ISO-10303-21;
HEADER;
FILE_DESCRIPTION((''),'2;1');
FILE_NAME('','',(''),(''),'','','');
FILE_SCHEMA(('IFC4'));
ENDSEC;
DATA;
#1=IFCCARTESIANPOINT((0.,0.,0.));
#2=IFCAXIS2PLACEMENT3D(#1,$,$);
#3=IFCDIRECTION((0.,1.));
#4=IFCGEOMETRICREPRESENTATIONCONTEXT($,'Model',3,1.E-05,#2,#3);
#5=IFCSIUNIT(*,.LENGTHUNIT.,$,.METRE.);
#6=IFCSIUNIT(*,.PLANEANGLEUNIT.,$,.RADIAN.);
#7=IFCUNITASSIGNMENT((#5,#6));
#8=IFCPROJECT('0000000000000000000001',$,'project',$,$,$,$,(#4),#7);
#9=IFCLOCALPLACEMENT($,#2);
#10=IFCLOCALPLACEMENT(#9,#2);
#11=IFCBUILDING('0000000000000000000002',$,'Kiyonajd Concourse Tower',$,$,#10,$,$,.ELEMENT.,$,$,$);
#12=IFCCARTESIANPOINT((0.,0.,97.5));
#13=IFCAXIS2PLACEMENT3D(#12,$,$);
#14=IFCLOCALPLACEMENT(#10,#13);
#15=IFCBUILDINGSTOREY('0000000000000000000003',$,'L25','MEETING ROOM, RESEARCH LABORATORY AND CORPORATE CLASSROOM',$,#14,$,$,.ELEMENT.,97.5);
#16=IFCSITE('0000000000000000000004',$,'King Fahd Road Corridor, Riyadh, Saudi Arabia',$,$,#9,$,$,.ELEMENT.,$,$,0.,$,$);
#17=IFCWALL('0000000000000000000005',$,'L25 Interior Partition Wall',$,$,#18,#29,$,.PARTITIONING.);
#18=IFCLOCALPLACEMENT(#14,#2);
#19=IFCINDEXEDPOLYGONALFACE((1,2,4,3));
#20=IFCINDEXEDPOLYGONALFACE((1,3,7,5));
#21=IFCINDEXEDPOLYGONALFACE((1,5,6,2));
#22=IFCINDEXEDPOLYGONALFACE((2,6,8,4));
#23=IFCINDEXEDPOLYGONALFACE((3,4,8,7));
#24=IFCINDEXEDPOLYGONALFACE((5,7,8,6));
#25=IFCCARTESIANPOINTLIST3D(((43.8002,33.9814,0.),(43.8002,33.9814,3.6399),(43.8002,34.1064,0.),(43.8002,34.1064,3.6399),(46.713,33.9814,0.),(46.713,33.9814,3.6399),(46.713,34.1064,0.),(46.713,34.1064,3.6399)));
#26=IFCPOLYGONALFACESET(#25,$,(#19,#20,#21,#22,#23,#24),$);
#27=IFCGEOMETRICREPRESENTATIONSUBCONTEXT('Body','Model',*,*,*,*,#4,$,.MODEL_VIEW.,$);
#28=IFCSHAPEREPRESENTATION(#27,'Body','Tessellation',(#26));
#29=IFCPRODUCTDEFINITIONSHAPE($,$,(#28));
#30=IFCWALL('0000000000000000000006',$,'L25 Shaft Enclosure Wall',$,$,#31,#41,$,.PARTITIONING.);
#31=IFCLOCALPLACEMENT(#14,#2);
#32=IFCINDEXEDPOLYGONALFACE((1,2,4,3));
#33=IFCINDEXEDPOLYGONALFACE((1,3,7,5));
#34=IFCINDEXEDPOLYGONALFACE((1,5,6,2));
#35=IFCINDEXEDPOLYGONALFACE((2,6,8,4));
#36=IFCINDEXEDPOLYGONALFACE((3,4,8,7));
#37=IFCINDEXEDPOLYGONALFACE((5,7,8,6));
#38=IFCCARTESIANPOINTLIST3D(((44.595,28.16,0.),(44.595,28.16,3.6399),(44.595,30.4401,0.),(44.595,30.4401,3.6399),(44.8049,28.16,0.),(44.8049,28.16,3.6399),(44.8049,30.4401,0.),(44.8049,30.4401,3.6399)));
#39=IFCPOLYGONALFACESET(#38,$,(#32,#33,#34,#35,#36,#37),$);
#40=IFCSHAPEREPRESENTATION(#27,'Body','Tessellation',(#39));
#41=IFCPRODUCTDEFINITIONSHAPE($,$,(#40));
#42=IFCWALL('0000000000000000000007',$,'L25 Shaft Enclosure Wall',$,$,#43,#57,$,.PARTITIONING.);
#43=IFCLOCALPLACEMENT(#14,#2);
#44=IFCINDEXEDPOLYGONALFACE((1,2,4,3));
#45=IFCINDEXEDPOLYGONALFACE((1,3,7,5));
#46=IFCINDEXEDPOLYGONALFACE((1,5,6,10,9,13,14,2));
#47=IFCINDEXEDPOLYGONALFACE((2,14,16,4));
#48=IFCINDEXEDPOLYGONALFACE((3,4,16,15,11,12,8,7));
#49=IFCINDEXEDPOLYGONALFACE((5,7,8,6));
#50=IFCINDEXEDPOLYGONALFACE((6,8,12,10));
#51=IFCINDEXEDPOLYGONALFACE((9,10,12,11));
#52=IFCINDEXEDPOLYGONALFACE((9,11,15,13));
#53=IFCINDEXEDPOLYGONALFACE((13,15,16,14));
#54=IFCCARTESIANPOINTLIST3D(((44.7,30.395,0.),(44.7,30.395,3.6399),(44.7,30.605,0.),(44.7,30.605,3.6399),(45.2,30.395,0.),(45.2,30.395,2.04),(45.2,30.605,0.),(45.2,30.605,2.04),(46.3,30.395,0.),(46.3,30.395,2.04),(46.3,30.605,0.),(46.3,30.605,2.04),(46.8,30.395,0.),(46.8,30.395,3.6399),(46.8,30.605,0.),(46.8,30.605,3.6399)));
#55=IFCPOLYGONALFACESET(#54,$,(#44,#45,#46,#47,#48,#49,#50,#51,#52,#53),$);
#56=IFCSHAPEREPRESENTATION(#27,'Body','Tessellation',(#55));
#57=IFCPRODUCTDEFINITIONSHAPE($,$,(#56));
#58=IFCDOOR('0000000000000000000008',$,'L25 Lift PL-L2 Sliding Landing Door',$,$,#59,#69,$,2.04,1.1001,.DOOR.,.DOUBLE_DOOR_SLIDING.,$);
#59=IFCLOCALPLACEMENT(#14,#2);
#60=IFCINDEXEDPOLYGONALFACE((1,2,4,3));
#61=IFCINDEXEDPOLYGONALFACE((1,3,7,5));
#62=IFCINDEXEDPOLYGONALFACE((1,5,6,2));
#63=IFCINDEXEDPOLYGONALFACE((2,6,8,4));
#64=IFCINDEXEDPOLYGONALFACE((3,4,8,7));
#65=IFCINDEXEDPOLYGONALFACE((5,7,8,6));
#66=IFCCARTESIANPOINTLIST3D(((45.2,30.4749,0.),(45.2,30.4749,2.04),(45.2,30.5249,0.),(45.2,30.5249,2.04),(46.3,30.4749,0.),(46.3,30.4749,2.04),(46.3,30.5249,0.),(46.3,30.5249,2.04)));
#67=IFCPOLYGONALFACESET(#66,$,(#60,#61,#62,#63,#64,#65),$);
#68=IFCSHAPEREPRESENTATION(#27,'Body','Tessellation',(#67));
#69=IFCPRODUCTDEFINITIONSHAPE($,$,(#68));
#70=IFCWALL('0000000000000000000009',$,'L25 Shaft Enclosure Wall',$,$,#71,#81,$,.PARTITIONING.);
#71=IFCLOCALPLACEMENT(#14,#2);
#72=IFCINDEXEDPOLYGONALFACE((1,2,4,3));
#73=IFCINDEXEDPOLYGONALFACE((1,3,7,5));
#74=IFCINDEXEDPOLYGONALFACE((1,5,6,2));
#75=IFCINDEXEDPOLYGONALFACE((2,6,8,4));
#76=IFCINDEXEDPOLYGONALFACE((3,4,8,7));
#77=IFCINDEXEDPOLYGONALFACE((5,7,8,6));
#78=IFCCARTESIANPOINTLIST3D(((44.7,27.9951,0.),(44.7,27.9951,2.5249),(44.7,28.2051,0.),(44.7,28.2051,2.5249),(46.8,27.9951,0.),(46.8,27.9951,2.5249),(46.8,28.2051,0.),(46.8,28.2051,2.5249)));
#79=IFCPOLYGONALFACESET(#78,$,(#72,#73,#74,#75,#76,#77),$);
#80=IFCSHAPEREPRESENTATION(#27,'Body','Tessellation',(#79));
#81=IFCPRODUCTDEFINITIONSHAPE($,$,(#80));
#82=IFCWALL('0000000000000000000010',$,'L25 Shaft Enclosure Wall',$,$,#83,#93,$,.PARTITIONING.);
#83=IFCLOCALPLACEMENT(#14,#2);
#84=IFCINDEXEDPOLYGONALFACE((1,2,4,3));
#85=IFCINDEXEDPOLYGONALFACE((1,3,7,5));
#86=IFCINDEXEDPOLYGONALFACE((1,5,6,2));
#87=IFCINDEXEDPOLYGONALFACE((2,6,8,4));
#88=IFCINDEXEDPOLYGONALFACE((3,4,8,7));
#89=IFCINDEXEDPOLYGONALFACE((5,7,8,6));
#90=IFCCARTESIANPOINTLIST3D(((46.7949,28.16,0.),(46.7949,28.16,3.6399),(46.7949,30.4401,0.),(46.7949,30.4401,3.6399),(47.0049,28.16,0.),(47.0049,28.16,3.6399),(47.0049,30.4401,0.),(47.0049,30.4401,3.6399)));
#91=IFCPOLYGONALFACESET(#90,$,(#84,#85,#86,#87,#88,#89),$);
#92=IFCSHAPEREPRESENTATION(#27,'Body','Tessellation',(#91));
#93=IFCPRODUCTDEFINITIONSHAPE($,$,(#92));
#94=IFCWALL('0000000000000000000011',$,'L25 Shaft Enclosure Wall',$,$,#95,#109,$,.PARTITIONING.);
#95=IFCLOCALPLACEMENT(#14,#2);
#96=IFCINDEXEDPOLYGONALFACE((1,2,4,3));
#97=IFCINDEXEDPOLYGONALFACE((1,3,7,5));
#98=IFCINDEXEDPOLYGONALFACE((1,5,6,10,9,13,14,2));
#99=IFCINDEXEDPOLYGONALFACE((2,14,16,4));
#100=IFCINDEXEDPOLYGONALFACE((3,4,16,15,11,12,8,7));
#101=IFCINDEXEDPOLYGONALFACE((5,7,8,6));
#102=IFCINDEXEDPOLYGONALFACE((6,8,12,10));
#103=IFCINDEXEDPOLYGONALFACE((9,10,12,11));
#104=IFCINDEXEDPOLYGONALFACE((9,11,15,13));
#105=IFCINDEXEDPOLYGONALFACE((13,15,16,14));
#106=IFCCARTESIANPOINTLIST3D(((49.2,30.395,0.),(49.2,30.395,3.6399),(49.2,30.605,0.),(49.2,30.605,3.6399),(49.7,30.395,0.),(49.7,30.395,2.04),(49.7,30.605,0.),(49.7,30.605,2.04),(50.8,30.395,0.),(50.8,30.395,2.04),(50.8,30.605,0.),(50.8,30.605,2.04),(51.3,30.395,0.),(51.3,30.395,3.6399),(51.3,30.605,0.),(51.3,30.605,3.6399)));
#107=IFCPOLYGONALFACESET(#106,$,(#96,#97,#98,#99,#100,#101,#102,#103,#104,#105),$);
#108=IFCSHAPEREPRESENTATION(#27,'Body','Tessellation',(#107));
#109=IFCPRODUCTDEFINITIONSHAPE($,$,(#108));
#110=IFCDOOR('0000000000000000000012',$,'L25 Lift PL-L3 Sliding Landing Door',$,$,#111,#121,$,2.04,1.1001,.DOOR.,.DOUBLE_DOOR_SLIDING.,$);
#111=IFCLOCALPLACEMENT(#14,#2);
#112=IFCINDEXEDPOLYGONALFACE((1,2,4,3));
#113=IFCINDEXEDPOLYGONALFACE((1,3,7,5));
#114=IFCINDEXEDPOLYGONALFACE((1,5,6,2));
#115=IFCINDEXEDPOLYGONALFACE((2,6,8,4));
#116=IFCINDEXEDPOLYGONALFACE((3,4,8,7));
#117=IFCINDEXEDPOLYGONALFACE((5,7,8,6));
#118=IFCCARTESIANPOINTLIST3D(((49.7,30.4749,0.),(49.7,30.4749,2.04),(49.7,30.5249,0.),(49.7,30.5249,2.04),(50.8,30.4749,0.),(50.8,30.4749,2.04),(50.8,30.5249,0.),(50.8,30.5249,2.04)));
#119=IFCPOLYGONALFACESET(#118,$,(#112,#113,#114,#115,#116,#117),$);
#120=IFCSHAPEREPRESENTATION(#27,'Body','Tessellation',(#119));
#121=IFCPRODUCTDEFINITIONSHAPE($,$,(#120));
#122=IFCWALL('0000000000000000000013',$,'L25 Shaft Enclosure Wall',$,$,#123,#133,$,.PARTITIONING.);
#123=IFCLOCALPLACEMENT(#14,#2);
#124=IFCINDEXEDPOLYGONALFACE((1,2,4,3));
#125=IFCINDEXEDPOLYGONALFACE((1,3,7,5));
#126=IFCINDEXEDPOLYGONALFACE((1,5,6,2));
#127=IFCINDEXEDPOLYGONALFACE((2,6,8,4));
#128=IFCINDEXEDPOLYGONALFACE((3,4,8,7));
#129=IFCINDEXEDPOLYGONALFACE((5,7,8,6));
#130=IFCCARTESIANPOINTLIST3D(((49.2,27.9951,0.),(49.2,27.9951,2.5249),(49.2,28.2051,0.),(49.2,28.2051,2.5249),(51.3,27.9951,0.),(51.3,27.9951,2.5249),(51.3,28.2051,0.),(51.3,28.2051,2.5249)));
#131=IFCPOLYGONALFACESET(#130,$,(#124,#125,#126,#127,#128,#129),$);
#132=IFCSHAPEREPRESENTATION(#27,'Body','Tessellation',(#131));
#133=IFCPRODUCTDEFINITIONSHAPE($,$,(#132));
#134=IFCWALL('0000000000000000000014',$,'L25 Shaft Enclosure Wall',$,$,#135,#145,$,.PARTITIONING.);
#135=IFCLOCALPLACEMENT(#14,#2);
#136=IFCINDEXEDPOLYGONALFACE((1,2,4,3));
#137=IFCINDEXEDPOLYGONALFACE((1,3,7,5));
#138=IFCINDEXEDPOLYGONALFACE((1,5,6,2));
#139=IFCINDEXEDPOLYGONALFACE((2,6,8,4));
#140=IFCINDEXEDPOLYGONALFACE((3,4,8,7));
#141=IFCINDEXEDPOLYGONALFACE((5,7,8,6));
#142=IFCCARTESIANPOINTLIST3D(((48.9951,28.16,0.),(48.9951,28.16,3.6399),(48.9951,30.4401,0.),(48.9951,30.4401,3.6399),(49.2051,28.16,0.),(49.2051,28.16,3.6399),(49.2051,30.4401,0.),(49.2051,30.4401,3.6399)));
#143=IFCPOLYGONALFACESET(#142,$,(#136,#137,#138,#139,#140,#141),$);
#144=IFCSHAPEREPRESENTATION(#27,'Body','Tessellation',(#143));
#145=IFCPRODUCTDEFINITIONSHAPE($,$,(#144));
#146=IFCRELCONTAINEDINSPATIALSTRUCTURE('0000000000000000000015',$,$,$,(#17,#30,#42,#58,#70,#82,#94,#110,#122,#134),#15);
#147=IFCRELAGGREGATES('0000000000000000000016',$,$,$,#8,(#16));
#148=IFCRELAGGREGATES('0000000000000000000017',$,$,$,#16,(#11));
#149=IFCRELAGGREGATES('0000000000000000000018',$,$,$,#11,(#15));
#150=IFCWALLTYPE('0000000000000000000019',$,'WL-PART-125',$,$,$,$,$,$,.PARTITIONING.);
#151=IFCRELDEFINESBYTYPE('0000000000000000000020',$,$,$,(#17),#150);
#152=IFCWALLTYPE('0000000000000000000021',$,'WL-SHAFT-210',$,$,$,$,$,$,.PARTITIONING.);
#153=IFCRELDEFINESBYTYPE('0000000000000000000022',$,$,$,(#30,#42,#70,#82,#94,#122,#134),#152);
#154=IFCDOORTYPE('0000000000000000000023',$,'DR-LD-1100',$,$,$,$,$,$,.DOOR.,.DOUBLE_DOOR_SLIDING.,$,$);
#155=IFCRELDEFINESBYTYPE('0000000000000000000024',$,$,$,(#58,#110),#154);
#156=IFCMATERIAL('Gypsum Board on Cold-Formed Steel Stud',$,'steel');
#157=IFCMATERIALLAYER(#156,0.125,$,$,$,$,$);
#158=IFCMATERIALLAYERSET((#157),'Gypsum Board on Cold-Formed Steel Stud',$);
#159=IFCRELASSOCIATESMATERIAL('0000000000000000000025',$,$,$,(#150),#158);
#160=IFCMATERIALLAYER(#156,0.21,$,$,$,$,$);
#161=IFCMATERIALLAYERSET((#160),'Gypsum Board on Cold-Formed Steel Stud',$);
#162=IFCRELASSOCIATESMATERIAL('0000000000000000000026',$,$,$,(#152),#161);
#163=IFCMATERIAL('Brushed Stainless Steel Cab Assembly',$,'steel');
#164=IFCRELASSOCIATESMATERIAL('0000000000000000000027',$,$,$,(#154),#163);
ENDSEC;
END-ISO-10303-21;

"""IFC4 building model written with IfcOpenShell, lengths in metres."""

from ifc_helpers import new_model, si_unit, direction, frame, frame_2d, origin, place, context, subcontext, project, spatial, rectangle, extrude, material, layer, layer_set, type_object, element, fill, save


model = new_model("IFC4")

# Units and contexts
model_context = context("Model", 3, precision=1e-05, world=origin(), true_north=direction((0.0, 1.0)))
body_context = subcontext(model_context, "Body", "Model", "MODEL_VIEW")
ifc_project = project(units=[si_unit("LENGTHUNIT", "METRE"), si_unit("PLANEANGLEUNIT", "RADIAN")], contexts=[model_context])

# Site, building, storey
site_placement = place(None, origin())
site = spatial("IfcSite", under=ifc_project, at=site_placement, Name="King Fahd Road Corridor, Riyadh, Saudi Arabia", CompositionType="ELEMENT", RefElevation=0.0)
building_placement = place(site_placement, origin())
building = spatial("IfcBuilding", under=site, at=building_placement, Name="Kiyonajd Concourse Tower", CompositionType="ELEMENT")
storey_placement = place(building_placement, frame((0.0, 0.0, 97.5)))
storey = spatial("IfcBuildingStorey", under=building, at=storey_placement, Name="L25", Description="MEETING ROOM, RESEARCH LABORATORY AND CORPORATE CLASSROOM", CompositionType="ELEMENT", Elevation=97.5)

# Walls
ifc_material_1 = material(Name="Gypsum Board on Cold-Formed Steel Stud", Category="steel")
ifc_layer_1 = layer(ifc_material_1, 0.125)
ifc_layer_set_1 = layer_set([ifc_layer_1], Name="Gypsum Board on Cold-Formed Steel Stud")
wall_type_1 = type_object("IfcWallType", Name="WL-PART-125", PredefinedType="PARTITIONING", material=ifc_layer_set_1)
wall_1_placement = place(storey_placement, frame((43.8, 34.0439, 0.0), z_axis=(0.0, 0.0, 1.0), x_axis=(1.0, 0.0, 0.0)))
element("IfcWall", 1, at=wall_1_placement, inside=storey, type_object=wall_type_1, Name="L25 Interior Partition Wall", PredefinedType="PARTITIONING", context=body_context, shape_type="SweptSolid", body=[
    extrude(rectangle(XDim=2.9128, YDim=0.125, at=frame_2d((1.4565, 0.0))), origin(), (0.0, 0.0, 1.0), 3.6399),
])
ifc_layer_2 = layer(ifc_material_1, 0.21)
ifc_layer_set_2 = layer_set([ifc_layer_2], Name="Gypsum Board on Cold-Formed Steel Stud")
wall_type_2 = type_object("IfcWallType", Name="WL-SHAFT-210", PredefinedType="PARTITIONING", material=ifc_layer_set_2)
wall_2_placement = place(storey_placement, frame((44.7, 28.1599, 0.0), z_axis=(0.0, 0.0, 1.0), x_axis=(0.0, 1.0, 0.0)))
element("IfcWall", 2, at=wall_2_placement, inside=storey, type_object=wall_type_2, Name="L25 Shaft Enclosure Wall", PredefinedType="PARTITIONING", context=body_context, shape_type="SweptSolid", body=[
    extrude(rectangle(XDim=2.28, YDim=0.21, at=frame_2d((1.1401, 0.0))), origin(), (0.0, 0.0, 1.0), 3.6399),
])

# Wall, opening, door
wall_3_placement = place(storey_placement, frame((44.7, 30.5, 0.0), z_axis=(0.0, 0.0, 1.0), x_axis=(1.0, 0.0, 0.0)))
wall_3 = element("IfcWall", 3, at=wall_3_placement, inside=storey, type_object=wall_type_2, Name="L25 Shaft Enclosure Wall", PredefinedType="PARTITIONING", context=body_context, shape_type="SweptSolid", body=[
    extrude(rectangle(XDim=2.1001, YDim=0.21, at=frame_2d((1.05, 0.0))), origin(), (0.0, 0.0, 1.0), 3.6399),
])
opening_1_placement = place(wall_3_placement, frame((0.5, 0.0, 0.0)))
opening_1 = element("IfcOpeningElement", 4, at=opening_1_placement, cuts=wall_3, PredefinedType="OPENING", context=body_context, shape_type="SweptSolid", body=[
    extrude(rectangle(XDim=1.1001, YDim=2.04, at=frame_2d((0.55, 1.02))), frame((0.0, 0.115, 0.0), z_axis=(0.0, -1.0, 0.0), x_axis=(1.0, 0.0, 0.0)), (0.0, 0.0, 1.0), 0.23),
])
ifc_material_2 = material(Name="Brushed Stainless Steel Cab Assembly", Category="steel")
door_type_1 = type_object("IfcDoorType", Name="DR-LD-1100", OperationType="DOUBLE_DOOR_SLIDING", PredefinedType="DOOR", material=ifc_material_2)
door_1_placement = place(opening_1_placement, origin())
door_1 = element("IfcDoor", 5, at=door_1_placement, inside=storey, type_object=door_type_1, Name="L25 Lift PL-L2 Sliding Landing Door", OperationType="DOUBLE_DOOR_SLIDING", OverallHeight=2.04, OverallWidth=1.1001, PredefinedType="DOOR", context=body_context, shape_type="SweptSolid", body=[
    extrude(rectangle(XDim=1.1001, YDim=2.04, at=frame_2d((0.55, 1.02))), frame((0.0, 0.0249, 0.0), z_axis=(0.0, -1.0, 0.0), x_axis=(1.0, 0.0, 0.0)), (0.0, 0.0, 1.0), 0.05),
])
fill(opening_1, door_1)

# Walls
wall_4_placement = place(storey_placement, frame((44.7, 28.1001, 0.0), z_axis=(0.0, 0.0, 1.0), x_axis=(1.0, 0.0, 0.0)))
element("IfcWall", 6, at=wall_4_placement, inside=storey, type_object=wall_type_2, Name="L25 Shaft Enclosure Wall", PredefinedType="PARTITIONING", context=body_context, shape_type="SweptSolid", body=[
    extrude(rectangle(XDim=2.1001, YDim=0.21, at=frame_2d((1.05, 0.0))), origin(), (0.0, 0.0, 1.0), 2.5249),
])
wall_5_placement = place(storey_placement, frame((46.8999, 28.1599, 0.0), z_axis=(0.0, 0.0, 1.0), x_axis=(0.0, 1.0, 0.0)))
element("IfcWall", 7, at=wall_5_placement, inside=storey, type_object=wall_type_2, Name="L25 Shaft Enclosure Wall", PredefinedType="PARTITIONING", context=body_context, shape_type="SweptSolid", body=[
    extrude(rectangle(XDim=2.28, YDim=0.21, at=frame_2d((1.1401, 0.0))), origin(), (0.0, 0.0, 1.0), 3.6399),
])

# Wall, opening, door
wall_6_placement = place(storey_placement, frame((49.2, 30.5, 0.0), z_axis=(0.0, 0.0, 1.0), x_axis=(1.0, 0.0, 0.0)))
wall_6 = element("IfcWall", 8, at=wall_6_placement, inside=storey, type_object=wall_type_2, Name="L25 Shaft Enclosure Wall", PredefinedType="PARTITIONING", context=body_context, shape_type="SweptSolid", body=[
    extrude(rectangle(XDim=2.1001, YDim=0.21, at=frame_2d((1.05, 0.0))), origin(), (0.0, 0.0, 1.0), 3.6399),
])
opening_2_placement = place(wall_6_placement, frame((0.5, 0.0, 0.0)))
opening_2 = element("IfcOpeningElement", 9, at=opening_2_placement, cuts=wall_6, PredefinedType="OPENING", context=body_context, shape_type="SweptSolid", body=[
    extrude(rectangle(XDim=1.1001, YDim=2.04, at=frame_2d((0.55, 1.02))), frame((0.0, 0.115, 0.0), z_axis=(0.0, -1.0, 0.0), x_axis=(1.0, 0.0, 0.0)), (0.0, 0.0, 1.0), 0.23),
])
door_2_placement = place(opening_2_placement, origin())
door_2 = element("IfcDoor", 10, at=door_2_placement, inside=storey, type_object=door_type_1, Name="L25 Lift PL-L3 Sliding Landing Door", OperationType="DOUBLE_DOOR_SLIDING", OverallHeight=2.04, OverallWidth=1.1001, PredefinedType="DOOR", context=body_context, shape_type="SweptSolid", body=[
    extrude(rectangle(XDim=1.1001, YDim=2.04, at=frame_2d((0.55, 1.02))), frame((0.0, 0.0249, 0.0), z_axis=(0.0, -1.0, 0.0), x_axis=(1.0, 0.0, 0.0)), (0.0, 0.0, 1.0), 0.05),
])
fill(opening_2, door_2)

# Walls
wall_7_placement = place(storey_placement, frame((49.2, 28.1001, 0.0), z_axis=(0.0, 0.0, 1.0), x_axis=(1.0, 0.0, 0.0)))
element("IfcWall", 11, at=wall_7_placement, inside=storey, type_object=wall_type_2, Name="L25 Shaft Enclosure Wall", PredefinedType="PARTITIONING", context=body_context, shape_type="SweptSolid", body=[
    extrude(rectangle(XDim=2.1001, YDim=0.21, at=frame_2d((1.05, 0.0))), origin(), (0.0, 0.0, 1.0), 2.5249),
])
wall_8_placement = place(storey_placement, frame((49.1001, 28.1599, 0.0), z_axis=(0.0, 0.0, 1.0), x_axis=(0.0, 1.0, 0.0)))
element("IfcWall", 12, at=wall_8_placement, inside=storey, type_object=wall_type_2, Name="L25 Shaft Enclosure Wall", PredefinedType="PARTITIONING", context=body_context, shape_type="SweptSolid", body=[
    extrude(rectangle(XDim=2.28, YDim=0.21, at=frame_2d((1.1401, 0.0))), origin(), (0.0, 0.0, 1.0), 3.6399),
])

save(model, "model.ifc")
